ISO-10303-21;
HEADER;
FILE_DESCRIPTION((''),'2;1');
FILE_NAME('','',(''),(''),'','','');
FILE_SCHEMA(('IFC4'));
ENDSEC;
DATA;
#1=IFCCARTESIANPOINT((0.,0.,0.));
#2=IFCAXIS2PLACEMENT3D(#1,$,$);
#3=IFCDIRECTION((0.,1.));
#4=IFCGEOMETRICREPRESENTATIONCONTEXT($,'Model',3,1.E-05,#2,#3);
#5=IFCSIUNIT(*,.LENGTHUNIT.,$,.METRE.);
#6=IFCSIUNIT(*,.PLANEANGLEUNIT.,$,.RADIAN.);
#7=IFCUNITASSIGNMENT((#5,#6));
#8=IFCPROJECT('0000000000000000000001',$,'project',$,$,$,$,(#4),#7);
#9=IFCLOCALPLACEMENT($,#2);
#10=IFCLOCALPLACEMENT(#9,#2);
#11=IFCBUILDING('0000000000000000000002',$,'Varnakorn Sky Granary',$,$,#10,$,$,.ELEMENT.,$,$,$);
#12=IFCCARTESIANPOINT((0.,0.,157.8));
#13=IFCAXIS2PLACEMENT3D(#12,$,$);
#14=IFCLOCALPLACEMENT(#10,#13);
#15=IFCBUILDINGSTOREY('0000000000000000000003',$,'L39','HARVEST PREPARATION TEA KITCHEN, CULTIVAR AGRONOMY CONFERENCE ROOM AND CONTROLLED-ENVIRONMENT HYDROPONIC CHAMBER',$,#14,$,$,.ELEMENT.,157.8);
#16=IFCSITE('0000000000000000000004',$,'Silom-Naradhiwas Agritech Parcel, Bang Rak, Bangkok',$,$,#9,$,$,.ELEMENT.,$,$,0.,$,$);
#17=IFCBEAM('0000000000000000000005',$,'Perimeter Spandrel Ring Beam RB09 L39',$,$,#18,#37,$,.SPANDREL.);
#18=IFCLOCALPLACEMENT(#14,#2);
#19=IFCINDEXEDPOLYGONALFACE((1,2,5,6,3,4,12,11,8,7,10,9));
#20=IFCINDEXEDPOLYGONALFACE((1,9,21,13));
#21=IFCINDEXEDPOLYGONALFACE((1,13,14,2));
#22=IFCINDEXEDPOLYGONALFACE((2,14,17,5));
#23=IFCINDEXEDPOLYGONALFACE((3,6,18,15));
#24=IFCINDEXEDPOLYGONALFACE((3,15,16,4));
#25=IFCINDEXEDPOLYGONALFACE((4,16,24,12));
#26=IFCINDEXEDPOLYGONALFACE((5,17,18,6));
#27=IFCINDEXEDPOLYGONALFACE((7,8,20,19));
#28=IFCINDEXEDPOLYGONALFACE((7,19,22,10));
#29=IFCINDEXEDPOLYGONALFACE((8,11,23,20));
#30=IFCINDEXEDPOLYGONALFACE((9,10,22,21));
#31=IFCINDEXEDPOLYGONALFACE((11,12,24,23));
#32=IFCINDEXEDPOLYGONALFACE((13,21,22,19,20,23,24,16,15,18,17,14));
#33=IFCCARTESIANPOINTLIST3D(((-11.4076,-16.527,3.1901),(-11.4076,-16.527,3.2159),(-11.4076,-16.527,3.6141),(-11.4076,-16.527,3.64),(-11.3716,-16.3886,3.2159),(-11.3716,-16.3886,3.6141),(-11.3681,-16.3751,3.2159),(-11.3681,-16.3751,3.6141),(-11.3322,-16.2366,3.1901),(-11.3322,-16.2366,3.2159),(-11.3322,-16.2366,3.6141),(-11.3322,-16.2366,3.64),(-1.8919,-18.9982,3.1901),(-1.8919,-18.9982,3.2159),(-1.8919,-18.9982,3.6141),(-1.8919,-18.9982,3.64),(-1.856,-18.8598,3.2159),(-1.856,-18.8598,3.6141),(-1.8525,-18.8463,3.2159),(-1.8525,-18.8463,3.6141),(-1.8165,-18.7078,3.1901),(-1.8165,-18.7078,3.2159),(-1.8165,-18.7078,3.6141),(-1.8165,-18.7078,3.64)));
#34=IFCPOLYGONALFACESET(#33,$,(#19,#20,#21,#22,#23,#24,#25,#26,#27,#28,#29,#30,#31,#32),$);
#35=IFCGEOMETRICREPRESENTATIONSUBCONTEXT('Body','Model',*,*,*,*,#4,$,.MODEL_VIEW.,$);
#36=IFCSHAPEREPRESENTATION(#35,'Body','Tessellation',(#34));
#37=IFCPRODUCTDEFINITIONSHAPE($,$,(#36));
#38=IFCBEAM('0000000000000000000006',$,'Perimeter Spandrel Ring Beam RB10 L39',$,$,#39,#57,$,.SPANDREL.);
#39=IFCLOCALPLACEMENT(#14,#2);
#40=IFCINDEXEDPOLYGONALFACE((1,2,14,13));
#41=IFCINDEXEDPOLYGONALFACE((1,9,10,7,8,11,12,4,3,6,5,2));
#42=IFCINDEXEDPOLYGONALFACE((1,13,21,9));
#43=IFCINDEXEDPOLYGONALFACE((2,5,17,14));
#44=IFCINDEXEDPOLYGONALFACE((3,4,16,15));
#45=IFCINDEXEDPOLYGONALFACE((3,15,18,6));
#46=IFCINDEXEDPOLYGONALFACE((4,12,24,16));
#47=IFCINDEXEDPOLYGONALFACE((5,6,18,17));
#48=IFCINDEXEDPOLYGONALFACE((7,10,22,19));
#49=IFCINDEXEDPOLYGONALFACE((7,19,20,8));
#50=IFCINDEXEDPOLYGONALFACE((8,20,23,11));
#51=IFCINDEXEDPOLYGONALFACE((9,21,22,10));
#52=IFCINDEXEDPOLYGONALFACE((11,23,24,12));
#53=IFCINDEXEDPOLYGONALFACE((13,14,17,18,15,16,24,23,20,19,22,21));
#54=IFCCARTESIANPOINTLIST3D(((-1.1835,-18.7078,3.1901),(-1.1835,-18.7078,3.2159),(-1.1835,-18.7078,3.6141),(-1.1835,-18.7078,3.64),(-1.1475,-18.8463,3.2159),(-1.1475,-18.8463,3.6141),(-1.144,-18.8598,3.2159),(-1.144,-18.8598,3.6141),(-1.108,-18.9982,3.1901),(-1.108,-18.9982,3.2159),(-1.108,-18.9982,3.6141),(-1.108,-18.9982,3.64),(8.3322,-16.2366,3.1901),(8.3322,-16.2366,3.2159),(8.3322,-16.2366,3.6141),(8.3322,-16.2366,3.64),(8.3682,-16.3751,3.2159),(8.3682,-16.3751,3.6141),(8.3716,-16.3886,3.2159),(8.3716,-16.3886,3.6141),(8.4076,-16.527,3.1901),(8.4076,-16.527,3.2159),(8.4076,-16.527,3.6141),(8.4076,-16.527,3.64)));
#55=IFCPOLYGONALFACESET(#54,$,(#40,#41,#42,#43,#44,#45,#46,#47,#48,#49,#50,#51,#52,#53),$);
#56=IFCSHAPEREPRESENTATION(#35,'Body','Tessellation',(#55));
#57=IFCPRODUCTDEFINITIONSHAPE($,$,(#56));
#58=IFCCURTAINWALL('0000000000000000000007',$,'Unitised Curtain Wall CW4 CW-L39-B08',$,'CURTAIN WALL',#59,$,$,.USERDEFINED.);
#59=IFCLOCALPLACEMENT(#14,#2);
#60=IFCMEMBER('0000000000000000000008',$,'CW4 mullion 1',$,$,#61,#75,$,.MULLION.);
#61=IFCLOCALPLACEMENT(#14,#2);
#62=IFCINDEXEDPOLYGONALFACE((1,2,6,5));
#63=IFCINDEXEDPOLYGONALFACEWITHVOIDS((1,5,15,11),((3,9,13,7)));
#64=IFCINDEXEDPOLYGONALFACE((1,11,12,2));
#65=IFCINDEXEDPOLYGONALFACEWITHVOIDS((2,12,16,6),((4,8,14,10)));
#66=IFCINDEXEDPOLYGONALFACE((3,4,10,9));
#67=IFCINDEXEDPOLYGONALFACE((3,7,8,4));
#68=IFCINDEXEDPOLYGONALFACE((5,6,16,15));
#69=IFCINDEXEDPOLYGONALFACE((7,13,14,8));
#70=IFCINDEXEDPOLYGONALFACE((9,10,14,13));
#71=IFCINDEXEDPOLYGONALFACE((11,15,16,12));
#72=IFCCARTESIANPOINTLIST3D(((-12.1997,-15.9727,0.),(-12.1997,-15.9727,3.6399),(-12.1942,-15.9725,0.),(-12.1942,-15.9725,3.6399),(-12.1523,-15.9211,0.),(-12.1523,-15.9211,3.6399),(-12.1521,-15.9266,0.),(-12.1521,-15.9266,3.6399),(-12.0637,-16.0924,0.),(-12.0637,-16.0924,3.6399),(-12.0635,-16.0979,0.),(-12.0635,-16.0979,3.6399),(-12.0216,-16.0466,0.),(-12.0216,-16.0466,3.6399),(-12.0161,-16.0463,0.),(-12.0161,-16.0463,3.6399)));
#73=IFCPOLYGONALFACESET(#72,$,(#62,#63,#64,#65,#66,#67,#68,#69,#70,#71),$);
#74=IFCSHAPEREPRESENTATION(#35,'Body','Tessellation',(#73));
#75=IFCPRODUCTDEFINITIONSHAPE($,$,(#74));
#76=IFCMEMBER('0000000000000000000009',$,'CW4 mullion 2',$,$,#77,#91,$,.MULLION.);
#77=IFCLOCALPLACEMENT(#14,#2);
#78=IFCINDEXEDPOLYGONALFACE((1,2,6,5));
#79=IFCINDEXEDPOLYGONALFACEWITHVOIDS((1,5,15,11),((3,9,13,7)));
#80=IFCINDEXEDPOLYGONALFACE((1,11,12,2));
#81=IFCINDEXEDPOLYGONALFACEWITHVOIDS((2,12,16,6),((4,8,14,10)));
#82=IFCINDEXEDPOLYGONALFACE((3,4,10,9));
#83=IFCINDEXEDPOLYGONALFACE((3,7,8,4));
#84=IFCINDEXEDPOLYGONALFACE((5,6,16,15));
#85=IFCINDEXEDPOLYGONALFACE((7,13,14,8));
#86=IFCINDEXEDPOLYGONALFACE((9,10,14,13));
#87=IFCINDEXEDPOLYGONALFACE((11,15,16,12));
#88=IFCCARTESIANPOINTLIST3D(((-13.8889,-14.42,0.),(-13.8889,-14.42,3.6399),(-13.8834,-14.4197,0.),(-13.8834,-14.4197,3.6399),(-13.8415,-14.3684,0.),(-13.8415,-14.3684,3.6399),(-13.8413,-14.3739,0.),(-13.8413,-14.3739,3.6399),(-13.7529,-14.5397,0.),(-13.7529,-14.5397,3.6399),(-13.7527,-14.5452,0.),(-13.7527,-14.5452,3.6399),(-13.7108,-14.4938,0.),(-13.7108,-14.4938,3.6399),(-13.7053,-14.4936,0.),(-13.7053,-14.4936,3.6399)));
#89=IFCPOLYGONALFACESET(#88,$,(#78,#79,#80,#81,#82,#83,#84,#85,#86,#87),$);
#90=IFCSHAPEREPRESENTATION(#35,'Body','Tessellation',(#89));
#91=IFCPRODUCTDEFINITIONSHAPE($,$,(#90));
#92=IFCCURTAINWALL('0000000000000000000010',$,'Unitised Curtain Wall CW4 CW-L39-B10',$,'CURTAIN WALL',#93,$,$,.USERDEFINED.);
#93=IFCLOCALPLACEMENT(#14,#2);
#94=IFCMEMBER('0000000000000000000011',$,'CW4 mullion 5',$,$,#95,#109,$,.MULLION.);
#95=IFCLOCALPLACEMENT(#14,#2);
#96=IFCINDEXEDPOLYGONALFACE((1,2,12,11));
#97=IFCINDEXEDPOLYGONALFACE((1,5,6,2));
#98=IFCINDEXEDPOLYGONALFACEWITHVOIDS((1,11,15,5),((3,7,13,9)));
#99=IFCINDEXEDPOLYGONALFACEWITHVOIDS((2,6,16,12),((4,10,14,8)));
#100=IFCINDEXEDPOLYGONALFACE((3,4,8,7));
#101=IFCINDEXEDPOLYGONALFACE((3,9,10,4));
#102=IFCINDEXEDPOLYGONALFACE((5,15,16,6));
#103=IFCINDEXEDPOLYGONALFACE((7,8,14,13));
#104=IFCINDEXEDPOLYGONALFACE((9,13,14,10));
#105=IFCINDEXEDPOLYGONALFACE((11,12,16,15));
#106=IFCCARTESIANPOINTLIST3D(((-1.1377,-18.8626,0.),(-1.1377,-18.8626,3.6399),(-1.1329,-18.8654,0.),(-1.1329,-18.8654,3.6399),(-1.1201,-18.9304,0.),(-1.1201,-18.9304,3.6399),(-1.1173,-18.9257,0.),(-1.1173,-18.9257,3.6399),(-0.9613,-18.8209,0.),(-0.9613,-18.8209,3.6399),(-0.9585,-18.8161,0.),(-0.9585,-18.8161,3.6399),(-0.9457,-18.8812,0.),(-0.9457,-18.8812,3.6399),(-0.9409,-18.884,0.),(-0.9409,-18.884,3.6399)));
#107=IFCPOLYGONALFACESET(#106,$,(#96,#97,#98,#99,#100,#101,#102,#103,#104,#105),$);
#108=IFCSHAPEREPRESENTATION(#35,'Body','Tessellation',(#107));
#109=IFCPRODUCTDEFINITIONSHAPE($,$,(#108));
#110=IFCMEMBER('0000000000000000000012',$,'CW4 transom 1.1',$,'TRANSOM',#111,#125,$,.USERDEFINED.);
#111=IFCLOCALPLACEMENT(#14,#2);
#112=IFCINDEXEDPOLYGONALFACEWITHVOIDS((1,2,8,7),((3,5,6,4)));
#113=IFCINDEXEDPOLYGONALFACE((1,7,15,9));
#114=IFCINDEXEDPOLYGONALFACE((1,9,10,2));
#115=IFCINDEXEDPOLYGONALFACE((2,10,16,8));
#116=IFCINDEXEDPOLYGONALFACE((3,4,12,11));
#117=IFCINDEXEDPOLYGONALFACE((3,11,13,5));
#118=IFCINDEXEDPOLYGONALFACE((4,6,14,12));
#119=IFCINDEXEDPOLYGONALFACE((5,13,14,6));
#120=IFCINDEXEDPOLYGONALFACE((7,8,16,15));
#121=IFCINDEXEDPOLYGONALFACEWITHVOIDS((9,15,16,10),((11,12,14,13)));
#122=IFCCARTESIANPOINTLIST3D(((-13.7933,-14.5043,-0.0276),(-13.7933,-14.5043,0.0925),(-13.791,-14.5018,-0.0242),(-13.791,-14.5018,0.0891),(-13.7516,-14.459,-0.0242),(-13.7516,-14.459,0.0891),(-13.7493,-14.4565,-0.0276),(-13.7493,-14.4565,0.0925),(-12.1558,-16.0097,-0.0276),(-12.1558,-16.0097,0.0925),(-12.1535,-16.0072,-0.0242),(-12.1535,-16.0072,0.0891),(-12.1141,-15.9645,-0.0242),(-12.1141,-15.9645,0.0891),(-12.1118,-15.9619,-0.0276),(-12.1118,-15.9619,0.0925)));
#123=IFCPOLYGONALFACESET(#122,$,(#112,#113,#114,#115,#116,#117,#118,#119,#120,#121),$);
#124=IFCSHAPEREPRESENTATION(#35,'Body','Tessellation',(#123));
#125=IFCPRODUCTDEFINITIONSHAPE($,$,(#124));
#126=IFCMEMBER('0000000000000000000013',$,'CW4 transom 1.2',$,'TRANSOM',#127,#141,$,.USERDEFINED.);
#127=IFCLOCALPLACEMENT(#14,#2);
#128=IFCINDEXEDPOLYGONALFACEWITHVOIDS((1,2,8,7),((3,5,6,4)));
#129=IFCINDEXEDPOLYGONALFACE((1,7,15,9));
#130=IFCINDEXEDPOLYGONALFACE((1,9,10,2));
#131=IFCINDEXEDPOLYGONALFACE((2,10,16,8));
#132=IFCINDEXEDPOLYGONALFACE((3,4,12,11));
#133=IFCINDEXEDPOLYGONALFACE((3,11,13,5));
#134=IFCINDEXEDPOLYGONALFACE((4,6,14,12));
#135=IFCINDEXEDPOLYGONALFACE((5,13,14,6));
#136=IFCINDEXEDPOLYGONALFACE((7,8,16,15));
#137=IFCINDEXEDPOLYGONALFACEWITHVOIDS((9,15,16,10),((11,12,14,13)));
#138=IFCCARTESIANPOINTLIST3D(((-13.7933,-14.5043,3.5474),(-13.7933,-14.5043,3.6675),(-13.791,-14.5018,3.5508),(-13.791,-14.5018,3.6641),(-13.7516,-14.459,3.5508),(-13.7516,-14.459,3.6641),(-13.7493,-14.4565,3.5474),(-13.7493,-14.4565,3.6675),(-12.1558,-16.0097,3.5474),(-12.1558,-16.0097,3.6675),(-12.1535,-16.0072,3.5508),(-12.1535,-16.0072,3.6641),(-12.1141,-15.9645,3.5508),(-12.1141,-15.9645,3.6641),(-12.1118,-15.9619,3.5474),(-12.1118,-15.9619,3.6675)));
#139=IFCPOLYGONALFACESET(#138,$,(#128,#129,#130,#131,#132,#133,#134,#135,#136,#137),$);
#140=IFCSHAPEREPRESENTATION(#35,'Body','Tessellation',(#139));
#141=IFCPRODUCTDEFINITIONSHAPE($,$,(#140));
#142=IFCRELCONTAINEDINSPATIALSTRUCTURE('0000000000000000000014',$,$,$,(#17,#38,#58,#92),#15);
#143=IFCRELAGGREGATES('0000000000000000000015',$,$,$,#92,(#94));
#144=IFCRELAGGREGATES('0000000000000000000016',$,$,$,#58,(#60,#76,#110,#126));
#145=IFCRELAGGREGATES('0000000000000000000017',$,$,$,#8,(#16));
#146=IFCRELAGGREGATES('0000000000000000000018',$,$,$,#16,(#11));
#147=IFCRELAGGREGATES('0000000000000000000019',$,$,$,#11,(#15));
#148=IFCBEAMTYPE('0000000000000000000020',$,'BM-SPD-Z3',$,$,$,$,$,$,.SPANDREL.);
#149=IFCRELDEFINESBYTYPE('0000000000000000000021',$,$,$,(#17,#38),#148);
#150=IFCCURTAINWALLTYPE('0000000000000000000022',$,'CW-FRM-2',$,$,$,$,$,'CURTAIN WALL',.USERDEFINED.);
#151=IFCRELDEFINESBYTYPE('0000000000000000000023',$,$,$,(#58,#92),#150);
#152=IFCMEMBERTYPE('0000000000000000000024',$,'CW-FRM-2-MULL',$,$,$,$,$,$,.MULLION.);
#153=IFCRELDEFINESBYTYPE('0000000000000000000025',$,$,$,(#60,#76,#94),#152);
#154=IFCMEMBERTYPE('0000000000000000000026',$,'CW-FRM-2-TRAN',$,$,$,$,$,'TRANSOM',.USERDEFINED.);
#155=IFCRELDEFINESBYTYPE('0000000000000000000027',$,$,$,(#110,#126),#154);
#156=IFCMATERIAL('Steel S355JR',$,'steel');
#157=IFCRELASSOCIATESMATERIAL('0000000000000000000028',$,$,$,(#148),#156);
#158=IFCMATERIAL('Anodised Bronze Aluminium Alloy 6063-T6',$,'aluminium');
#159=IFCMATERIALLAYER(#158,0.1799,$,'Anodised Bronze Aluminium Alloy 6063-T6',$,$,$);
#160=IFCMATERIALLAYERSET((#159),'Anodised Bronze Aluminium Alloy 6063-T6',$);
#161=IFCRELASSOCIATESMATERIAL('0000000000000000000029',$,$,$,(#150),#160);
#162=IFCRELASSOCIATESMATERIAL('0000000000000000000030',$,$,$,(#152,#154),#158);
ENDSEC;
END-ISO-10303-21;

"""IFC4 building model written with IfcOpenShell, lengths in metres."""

from ifc_helpers import new_model, si_unit, direction, frame, origin, origin_2d, place, context, subcontext, project, spatial, hollow_rectangle, i_section, extrude, material, layer, layer_set, material_profile, profile_set, type_object, element, aggregate, save


model = new_model("IFC4")

# Units and contexts
model_context = context("Model", 3, precision=1e-05, world=origin(), true_north=direction((0.0, 1.0)))
body_context = subcontext(model_context, "Body", "Model", "MODEL_VIEW")
ifc_project = project(units=[si_unit("LENGTHUNIT", "METRE"), si_unit("PLANEANGLEUNIT", "RADIAN")], contexts=[model_context])

# Site, building, storey
site_placement = place(None, origin())
site = spatial("IfcSite", under=ifc_project, at=site_placement, Name="Silom-Naradhiwas Agritech Parcel, Bang Rak, Bangkok", CompositionType="ELEMENT", RefElevation=0.0)
building_placement = place(site_placement, origin())
building = spatial("IfcBuilding", under=site, at=building_placement, Name="Varnakorn Sky Granary", CompositionType="ELEMENT")
storey_placement = place(building_placement, frame((0.0, 0.0, 157.8)))
storey = spatial("IfcBuildingStorey", under=building, at=storey_placement, Name="L39", Description="HARVEST PREPARATION TEA KITCHEN, CULTIVAR AGRONOMY CONFERENCE ROOM AND CONTROLLED-ENVIRONMENT HYDROPONIC CHAMBER", CompositionType="ELEMENT", Elevation=157.8)

# Beams
ifc_material_1 = material(Name="Steel S355JR", Category="steel")
ifc_material_profile_1 = material_profile(ifc_material_1, i_section(OverallWidth=0.3, OverallDepth=0.45, WebThickness=0.0139, FlangeThickness=0.0259, at=origin_2d()), Name="HE 450 B")
ifc_profile_set_1 = profile_set([ifc_material_profile_1], Name="Steel S355JR")
beam_type_1 = type_object("IfcBeamType", Name="BM-SPD-Z3", PredefinedType="SPANDREL", material=ifc_profile_set_1)
for number, where, z_axis, x_axis, name in (
    (1, (-11.3699, -16.3818, 3.415), (0.967894, -0.25136, 0.0), (0.25136, 0.967894, 0.0), "Perimeter Spandrel Ring Beam RB09 L39"),
    (2, (-1.1458, -18.853, 3.415), (0.967894, 0.25136, 0.0), (-0.25136, 0.967894, 0.0), "Perimeter Spandrel Ring Beam RB10 L39"),
):
    element("IfcBeam", number, at=place(storey_placement, frame(where, z_axis=z_axis, x_axis=x_axis)), inside=storey, type_object=beam_type_1, Name=name, PredefinedType="SPANDREL", context=body_context, shape_type="SweptSolid", body=[
        extrude(i_section(OverallWidth=0.3, OverallDepth=0.45, WebThickness=0.0139, FlangeThickness=0.0259, at=origin_2d()), origin(), (0.0, 0.0, 1.0), 9.8313),
    ])

# Curtain wall, members
ifc_material_2 = material(Name="Anodised Bronze Aluminium Alloy 6063-T6", Category="aluminium")
ifc_layer_1 = layer(ifc_material_2, 0.1799, Name="Anodised Bronze Aluminium Alloy 6063-T6")
ifc_layer_set_1 = layer_set([ifc_layer_1], Name="Anodised Bronze Aluminium Alloy 6063-T6")
curtain_wall_type = type_object("IfcCurtainWallType", Name="CW-FRM-2", ElementType="CURTAIN WALL", PredefinedType="USERDEFINED", material=ifc_layer_set_1)
curtain_wall_1_placement = place(storey_placement, origin())
curtain_wall_1 = element("IfcCurtainWall", 3, at=curtain_wall_1_placement, inside=storey, type_object=curtain_wall_type, Name="Unitised Curtain Wall CW4 CW-L39-B08", ObjectType="CURTAIN WALL", PredefinedType="USERDEFINED")
ifc_material_profile_2 = material_profile(ifc_material_2, hollow_rectangle(XDim=0.0701, YDim=0.1851, WallThickness=0.0039, at=origin_2d()), Name="ALU MULL 70x185")
ifc_profile_set_2 = profile_set([ifc_material_profile_2], Name="Anodised Bronze Aluminium Alloy 6063-T6")
member_type_1 = type_object("IfcMemberType", Name="CW-FRM-2-MULL", PredefinedType="MULLION", material=ifc_profile_set_2)
member_1_placement = place(storey_placement, frame((-12.1079, -16.0095, 0.0), z_axis=(0.0, 0.0, 1.0), x_axis=(-0.676758, -0.736205, 0.0)))
member_1 = element("IfcMember", 4, at=member_1_placement, type_object=member_type_1, Name="CW4 mullion 1", PredefinedType="MULLION", context=body_context, shape_type="SweptSolid", body=[
    extrude(hollow_rectangle(XDim=0.0701, YDim=0.1851, WallThickness=0.0039, at=origin_2d()), origin(), (0.0, 0.0, 1.0), 3.6399),
])
member_2_placement = place(storey_placement, frame((-13.7971, -14.4568, 0.0), z_axis=(0.0, 0.0, 1.0), x_axis=(-0.676758, -0.736205, 0.0)))
member_2 = element("IfcMember", 5, at=member_2_placement, type_object=member_type_1, Name="CW4 mullion 2", PredefinedType="MULLION", context=body_context, shape_type="SweptSolid", body=[
    extrude(hollow_rectangle(XDim=0.0701, YDim=0.1851, WallThickness=0.0039, at=origin_2d()), origin(), (0.0, 0.0, 1.0), 3.6399),
])

# Curtain wall, member
curtain_wall_2_placement = place(storey_placement, origin())
curtain_wall_2 = element("IfcCurtainWall", 6, at=curtain_wall_2_placement, inside=storey, type_object=curtain_wall_type, Name="Unitised Curtain Wall CW4 CW-L39-B10", ObjectType="CURTAIN WALL", PredefinedType="USERDEFINED")
member_3_placement = place(storey_placement, frame((-1.0393, -18.8733, 0.0), z_axis=(0.0, 0.0, 1.0), x_axis=(0.251146, -0.967949, 0.0)))
member_3 = element("IfcMember", 7, at=member_3_placement, type_object=member_type_1, Name="CW4 mullion 5", PredefinedType="MULLION", context=body_context, shape_type="SweptSolid", body=[
    extrude(hollow_rectangle(XDim=0.0701, YDim=0.1851, WallThickness=0.0039, at=origin_2d()), origin(), (0.0, 0.0, 1.0), 3.6399),
])
aggregate(curtain_wall_2, [member_3])

# Members
ifc_material_profile_3 = material_profile(ifc_material_2, hollow_rectangle(XDim=0.0649, YDim=0.1201, WallThickness=0.0034, at=origin_2d()), Name="ALU TRAN 65x120")
ifc_profile_set_3 = profile_set([ifc_material_profile_3], Name="Anodised Bronze Aluminium Alloy 6063-T6")
member_type_2 = type_object("IfcMemberType", Name="CW-FRM-2-TRAN", ElementType="TRANSOM", PredefinedType="USERDEFINED", material=ifc_profile_set_3)
member_4_placement = place(storey_placement, frame((-12.1338, -15.9858, 0.0325), z_axis=(-0.736174, 0.676793, 0.0), x_axis=(-0.676793, -0.736174, 0.0)))
member_4 = element("IfcMember", 8, at=member_4_placement, type_object=member_type_2, Name="CW4 transom 1.1", ObjectType="TRANSOM", PredefinedType="USERDEFINED", context=body_context, shape_type="SweptSolid", body=[
    extrude(hollow_rectangle(XDim=0.0649, YDim=0.1201, WallThickness=0.0034, at=origin_2d()), origin(), (0.0, 0.0, 1.0), 2.2244),
])
member_5_placement = place(storey_placement, frame((-12.1338, -15.9858, 3.6074), z_axis=(-0.736174, 0.676793, 0.0), x_axis=(-0.676793, -0.736174, 0.0)))
member_5 = element("IfcMember", 9, at=member_5_placement, type_object=member_type_2, Name="CW4 transom 1.2", ObjectType="TRANSOM", PredefinedType="USERDEFINED", context=body_context, shape_type="SweptSolid", body=[
    extrude(hollow_rectangle(XDim=0.0649, YDim=0.1201, WallThickness=0.0034, at=origin_2d()), origin(), (0.0, 0.0, 1.0), 2.2244),
])

aggregate(curtain_wall_1, [member_1, member_2, member_4, member_5])

save(model, "model.ifc")
